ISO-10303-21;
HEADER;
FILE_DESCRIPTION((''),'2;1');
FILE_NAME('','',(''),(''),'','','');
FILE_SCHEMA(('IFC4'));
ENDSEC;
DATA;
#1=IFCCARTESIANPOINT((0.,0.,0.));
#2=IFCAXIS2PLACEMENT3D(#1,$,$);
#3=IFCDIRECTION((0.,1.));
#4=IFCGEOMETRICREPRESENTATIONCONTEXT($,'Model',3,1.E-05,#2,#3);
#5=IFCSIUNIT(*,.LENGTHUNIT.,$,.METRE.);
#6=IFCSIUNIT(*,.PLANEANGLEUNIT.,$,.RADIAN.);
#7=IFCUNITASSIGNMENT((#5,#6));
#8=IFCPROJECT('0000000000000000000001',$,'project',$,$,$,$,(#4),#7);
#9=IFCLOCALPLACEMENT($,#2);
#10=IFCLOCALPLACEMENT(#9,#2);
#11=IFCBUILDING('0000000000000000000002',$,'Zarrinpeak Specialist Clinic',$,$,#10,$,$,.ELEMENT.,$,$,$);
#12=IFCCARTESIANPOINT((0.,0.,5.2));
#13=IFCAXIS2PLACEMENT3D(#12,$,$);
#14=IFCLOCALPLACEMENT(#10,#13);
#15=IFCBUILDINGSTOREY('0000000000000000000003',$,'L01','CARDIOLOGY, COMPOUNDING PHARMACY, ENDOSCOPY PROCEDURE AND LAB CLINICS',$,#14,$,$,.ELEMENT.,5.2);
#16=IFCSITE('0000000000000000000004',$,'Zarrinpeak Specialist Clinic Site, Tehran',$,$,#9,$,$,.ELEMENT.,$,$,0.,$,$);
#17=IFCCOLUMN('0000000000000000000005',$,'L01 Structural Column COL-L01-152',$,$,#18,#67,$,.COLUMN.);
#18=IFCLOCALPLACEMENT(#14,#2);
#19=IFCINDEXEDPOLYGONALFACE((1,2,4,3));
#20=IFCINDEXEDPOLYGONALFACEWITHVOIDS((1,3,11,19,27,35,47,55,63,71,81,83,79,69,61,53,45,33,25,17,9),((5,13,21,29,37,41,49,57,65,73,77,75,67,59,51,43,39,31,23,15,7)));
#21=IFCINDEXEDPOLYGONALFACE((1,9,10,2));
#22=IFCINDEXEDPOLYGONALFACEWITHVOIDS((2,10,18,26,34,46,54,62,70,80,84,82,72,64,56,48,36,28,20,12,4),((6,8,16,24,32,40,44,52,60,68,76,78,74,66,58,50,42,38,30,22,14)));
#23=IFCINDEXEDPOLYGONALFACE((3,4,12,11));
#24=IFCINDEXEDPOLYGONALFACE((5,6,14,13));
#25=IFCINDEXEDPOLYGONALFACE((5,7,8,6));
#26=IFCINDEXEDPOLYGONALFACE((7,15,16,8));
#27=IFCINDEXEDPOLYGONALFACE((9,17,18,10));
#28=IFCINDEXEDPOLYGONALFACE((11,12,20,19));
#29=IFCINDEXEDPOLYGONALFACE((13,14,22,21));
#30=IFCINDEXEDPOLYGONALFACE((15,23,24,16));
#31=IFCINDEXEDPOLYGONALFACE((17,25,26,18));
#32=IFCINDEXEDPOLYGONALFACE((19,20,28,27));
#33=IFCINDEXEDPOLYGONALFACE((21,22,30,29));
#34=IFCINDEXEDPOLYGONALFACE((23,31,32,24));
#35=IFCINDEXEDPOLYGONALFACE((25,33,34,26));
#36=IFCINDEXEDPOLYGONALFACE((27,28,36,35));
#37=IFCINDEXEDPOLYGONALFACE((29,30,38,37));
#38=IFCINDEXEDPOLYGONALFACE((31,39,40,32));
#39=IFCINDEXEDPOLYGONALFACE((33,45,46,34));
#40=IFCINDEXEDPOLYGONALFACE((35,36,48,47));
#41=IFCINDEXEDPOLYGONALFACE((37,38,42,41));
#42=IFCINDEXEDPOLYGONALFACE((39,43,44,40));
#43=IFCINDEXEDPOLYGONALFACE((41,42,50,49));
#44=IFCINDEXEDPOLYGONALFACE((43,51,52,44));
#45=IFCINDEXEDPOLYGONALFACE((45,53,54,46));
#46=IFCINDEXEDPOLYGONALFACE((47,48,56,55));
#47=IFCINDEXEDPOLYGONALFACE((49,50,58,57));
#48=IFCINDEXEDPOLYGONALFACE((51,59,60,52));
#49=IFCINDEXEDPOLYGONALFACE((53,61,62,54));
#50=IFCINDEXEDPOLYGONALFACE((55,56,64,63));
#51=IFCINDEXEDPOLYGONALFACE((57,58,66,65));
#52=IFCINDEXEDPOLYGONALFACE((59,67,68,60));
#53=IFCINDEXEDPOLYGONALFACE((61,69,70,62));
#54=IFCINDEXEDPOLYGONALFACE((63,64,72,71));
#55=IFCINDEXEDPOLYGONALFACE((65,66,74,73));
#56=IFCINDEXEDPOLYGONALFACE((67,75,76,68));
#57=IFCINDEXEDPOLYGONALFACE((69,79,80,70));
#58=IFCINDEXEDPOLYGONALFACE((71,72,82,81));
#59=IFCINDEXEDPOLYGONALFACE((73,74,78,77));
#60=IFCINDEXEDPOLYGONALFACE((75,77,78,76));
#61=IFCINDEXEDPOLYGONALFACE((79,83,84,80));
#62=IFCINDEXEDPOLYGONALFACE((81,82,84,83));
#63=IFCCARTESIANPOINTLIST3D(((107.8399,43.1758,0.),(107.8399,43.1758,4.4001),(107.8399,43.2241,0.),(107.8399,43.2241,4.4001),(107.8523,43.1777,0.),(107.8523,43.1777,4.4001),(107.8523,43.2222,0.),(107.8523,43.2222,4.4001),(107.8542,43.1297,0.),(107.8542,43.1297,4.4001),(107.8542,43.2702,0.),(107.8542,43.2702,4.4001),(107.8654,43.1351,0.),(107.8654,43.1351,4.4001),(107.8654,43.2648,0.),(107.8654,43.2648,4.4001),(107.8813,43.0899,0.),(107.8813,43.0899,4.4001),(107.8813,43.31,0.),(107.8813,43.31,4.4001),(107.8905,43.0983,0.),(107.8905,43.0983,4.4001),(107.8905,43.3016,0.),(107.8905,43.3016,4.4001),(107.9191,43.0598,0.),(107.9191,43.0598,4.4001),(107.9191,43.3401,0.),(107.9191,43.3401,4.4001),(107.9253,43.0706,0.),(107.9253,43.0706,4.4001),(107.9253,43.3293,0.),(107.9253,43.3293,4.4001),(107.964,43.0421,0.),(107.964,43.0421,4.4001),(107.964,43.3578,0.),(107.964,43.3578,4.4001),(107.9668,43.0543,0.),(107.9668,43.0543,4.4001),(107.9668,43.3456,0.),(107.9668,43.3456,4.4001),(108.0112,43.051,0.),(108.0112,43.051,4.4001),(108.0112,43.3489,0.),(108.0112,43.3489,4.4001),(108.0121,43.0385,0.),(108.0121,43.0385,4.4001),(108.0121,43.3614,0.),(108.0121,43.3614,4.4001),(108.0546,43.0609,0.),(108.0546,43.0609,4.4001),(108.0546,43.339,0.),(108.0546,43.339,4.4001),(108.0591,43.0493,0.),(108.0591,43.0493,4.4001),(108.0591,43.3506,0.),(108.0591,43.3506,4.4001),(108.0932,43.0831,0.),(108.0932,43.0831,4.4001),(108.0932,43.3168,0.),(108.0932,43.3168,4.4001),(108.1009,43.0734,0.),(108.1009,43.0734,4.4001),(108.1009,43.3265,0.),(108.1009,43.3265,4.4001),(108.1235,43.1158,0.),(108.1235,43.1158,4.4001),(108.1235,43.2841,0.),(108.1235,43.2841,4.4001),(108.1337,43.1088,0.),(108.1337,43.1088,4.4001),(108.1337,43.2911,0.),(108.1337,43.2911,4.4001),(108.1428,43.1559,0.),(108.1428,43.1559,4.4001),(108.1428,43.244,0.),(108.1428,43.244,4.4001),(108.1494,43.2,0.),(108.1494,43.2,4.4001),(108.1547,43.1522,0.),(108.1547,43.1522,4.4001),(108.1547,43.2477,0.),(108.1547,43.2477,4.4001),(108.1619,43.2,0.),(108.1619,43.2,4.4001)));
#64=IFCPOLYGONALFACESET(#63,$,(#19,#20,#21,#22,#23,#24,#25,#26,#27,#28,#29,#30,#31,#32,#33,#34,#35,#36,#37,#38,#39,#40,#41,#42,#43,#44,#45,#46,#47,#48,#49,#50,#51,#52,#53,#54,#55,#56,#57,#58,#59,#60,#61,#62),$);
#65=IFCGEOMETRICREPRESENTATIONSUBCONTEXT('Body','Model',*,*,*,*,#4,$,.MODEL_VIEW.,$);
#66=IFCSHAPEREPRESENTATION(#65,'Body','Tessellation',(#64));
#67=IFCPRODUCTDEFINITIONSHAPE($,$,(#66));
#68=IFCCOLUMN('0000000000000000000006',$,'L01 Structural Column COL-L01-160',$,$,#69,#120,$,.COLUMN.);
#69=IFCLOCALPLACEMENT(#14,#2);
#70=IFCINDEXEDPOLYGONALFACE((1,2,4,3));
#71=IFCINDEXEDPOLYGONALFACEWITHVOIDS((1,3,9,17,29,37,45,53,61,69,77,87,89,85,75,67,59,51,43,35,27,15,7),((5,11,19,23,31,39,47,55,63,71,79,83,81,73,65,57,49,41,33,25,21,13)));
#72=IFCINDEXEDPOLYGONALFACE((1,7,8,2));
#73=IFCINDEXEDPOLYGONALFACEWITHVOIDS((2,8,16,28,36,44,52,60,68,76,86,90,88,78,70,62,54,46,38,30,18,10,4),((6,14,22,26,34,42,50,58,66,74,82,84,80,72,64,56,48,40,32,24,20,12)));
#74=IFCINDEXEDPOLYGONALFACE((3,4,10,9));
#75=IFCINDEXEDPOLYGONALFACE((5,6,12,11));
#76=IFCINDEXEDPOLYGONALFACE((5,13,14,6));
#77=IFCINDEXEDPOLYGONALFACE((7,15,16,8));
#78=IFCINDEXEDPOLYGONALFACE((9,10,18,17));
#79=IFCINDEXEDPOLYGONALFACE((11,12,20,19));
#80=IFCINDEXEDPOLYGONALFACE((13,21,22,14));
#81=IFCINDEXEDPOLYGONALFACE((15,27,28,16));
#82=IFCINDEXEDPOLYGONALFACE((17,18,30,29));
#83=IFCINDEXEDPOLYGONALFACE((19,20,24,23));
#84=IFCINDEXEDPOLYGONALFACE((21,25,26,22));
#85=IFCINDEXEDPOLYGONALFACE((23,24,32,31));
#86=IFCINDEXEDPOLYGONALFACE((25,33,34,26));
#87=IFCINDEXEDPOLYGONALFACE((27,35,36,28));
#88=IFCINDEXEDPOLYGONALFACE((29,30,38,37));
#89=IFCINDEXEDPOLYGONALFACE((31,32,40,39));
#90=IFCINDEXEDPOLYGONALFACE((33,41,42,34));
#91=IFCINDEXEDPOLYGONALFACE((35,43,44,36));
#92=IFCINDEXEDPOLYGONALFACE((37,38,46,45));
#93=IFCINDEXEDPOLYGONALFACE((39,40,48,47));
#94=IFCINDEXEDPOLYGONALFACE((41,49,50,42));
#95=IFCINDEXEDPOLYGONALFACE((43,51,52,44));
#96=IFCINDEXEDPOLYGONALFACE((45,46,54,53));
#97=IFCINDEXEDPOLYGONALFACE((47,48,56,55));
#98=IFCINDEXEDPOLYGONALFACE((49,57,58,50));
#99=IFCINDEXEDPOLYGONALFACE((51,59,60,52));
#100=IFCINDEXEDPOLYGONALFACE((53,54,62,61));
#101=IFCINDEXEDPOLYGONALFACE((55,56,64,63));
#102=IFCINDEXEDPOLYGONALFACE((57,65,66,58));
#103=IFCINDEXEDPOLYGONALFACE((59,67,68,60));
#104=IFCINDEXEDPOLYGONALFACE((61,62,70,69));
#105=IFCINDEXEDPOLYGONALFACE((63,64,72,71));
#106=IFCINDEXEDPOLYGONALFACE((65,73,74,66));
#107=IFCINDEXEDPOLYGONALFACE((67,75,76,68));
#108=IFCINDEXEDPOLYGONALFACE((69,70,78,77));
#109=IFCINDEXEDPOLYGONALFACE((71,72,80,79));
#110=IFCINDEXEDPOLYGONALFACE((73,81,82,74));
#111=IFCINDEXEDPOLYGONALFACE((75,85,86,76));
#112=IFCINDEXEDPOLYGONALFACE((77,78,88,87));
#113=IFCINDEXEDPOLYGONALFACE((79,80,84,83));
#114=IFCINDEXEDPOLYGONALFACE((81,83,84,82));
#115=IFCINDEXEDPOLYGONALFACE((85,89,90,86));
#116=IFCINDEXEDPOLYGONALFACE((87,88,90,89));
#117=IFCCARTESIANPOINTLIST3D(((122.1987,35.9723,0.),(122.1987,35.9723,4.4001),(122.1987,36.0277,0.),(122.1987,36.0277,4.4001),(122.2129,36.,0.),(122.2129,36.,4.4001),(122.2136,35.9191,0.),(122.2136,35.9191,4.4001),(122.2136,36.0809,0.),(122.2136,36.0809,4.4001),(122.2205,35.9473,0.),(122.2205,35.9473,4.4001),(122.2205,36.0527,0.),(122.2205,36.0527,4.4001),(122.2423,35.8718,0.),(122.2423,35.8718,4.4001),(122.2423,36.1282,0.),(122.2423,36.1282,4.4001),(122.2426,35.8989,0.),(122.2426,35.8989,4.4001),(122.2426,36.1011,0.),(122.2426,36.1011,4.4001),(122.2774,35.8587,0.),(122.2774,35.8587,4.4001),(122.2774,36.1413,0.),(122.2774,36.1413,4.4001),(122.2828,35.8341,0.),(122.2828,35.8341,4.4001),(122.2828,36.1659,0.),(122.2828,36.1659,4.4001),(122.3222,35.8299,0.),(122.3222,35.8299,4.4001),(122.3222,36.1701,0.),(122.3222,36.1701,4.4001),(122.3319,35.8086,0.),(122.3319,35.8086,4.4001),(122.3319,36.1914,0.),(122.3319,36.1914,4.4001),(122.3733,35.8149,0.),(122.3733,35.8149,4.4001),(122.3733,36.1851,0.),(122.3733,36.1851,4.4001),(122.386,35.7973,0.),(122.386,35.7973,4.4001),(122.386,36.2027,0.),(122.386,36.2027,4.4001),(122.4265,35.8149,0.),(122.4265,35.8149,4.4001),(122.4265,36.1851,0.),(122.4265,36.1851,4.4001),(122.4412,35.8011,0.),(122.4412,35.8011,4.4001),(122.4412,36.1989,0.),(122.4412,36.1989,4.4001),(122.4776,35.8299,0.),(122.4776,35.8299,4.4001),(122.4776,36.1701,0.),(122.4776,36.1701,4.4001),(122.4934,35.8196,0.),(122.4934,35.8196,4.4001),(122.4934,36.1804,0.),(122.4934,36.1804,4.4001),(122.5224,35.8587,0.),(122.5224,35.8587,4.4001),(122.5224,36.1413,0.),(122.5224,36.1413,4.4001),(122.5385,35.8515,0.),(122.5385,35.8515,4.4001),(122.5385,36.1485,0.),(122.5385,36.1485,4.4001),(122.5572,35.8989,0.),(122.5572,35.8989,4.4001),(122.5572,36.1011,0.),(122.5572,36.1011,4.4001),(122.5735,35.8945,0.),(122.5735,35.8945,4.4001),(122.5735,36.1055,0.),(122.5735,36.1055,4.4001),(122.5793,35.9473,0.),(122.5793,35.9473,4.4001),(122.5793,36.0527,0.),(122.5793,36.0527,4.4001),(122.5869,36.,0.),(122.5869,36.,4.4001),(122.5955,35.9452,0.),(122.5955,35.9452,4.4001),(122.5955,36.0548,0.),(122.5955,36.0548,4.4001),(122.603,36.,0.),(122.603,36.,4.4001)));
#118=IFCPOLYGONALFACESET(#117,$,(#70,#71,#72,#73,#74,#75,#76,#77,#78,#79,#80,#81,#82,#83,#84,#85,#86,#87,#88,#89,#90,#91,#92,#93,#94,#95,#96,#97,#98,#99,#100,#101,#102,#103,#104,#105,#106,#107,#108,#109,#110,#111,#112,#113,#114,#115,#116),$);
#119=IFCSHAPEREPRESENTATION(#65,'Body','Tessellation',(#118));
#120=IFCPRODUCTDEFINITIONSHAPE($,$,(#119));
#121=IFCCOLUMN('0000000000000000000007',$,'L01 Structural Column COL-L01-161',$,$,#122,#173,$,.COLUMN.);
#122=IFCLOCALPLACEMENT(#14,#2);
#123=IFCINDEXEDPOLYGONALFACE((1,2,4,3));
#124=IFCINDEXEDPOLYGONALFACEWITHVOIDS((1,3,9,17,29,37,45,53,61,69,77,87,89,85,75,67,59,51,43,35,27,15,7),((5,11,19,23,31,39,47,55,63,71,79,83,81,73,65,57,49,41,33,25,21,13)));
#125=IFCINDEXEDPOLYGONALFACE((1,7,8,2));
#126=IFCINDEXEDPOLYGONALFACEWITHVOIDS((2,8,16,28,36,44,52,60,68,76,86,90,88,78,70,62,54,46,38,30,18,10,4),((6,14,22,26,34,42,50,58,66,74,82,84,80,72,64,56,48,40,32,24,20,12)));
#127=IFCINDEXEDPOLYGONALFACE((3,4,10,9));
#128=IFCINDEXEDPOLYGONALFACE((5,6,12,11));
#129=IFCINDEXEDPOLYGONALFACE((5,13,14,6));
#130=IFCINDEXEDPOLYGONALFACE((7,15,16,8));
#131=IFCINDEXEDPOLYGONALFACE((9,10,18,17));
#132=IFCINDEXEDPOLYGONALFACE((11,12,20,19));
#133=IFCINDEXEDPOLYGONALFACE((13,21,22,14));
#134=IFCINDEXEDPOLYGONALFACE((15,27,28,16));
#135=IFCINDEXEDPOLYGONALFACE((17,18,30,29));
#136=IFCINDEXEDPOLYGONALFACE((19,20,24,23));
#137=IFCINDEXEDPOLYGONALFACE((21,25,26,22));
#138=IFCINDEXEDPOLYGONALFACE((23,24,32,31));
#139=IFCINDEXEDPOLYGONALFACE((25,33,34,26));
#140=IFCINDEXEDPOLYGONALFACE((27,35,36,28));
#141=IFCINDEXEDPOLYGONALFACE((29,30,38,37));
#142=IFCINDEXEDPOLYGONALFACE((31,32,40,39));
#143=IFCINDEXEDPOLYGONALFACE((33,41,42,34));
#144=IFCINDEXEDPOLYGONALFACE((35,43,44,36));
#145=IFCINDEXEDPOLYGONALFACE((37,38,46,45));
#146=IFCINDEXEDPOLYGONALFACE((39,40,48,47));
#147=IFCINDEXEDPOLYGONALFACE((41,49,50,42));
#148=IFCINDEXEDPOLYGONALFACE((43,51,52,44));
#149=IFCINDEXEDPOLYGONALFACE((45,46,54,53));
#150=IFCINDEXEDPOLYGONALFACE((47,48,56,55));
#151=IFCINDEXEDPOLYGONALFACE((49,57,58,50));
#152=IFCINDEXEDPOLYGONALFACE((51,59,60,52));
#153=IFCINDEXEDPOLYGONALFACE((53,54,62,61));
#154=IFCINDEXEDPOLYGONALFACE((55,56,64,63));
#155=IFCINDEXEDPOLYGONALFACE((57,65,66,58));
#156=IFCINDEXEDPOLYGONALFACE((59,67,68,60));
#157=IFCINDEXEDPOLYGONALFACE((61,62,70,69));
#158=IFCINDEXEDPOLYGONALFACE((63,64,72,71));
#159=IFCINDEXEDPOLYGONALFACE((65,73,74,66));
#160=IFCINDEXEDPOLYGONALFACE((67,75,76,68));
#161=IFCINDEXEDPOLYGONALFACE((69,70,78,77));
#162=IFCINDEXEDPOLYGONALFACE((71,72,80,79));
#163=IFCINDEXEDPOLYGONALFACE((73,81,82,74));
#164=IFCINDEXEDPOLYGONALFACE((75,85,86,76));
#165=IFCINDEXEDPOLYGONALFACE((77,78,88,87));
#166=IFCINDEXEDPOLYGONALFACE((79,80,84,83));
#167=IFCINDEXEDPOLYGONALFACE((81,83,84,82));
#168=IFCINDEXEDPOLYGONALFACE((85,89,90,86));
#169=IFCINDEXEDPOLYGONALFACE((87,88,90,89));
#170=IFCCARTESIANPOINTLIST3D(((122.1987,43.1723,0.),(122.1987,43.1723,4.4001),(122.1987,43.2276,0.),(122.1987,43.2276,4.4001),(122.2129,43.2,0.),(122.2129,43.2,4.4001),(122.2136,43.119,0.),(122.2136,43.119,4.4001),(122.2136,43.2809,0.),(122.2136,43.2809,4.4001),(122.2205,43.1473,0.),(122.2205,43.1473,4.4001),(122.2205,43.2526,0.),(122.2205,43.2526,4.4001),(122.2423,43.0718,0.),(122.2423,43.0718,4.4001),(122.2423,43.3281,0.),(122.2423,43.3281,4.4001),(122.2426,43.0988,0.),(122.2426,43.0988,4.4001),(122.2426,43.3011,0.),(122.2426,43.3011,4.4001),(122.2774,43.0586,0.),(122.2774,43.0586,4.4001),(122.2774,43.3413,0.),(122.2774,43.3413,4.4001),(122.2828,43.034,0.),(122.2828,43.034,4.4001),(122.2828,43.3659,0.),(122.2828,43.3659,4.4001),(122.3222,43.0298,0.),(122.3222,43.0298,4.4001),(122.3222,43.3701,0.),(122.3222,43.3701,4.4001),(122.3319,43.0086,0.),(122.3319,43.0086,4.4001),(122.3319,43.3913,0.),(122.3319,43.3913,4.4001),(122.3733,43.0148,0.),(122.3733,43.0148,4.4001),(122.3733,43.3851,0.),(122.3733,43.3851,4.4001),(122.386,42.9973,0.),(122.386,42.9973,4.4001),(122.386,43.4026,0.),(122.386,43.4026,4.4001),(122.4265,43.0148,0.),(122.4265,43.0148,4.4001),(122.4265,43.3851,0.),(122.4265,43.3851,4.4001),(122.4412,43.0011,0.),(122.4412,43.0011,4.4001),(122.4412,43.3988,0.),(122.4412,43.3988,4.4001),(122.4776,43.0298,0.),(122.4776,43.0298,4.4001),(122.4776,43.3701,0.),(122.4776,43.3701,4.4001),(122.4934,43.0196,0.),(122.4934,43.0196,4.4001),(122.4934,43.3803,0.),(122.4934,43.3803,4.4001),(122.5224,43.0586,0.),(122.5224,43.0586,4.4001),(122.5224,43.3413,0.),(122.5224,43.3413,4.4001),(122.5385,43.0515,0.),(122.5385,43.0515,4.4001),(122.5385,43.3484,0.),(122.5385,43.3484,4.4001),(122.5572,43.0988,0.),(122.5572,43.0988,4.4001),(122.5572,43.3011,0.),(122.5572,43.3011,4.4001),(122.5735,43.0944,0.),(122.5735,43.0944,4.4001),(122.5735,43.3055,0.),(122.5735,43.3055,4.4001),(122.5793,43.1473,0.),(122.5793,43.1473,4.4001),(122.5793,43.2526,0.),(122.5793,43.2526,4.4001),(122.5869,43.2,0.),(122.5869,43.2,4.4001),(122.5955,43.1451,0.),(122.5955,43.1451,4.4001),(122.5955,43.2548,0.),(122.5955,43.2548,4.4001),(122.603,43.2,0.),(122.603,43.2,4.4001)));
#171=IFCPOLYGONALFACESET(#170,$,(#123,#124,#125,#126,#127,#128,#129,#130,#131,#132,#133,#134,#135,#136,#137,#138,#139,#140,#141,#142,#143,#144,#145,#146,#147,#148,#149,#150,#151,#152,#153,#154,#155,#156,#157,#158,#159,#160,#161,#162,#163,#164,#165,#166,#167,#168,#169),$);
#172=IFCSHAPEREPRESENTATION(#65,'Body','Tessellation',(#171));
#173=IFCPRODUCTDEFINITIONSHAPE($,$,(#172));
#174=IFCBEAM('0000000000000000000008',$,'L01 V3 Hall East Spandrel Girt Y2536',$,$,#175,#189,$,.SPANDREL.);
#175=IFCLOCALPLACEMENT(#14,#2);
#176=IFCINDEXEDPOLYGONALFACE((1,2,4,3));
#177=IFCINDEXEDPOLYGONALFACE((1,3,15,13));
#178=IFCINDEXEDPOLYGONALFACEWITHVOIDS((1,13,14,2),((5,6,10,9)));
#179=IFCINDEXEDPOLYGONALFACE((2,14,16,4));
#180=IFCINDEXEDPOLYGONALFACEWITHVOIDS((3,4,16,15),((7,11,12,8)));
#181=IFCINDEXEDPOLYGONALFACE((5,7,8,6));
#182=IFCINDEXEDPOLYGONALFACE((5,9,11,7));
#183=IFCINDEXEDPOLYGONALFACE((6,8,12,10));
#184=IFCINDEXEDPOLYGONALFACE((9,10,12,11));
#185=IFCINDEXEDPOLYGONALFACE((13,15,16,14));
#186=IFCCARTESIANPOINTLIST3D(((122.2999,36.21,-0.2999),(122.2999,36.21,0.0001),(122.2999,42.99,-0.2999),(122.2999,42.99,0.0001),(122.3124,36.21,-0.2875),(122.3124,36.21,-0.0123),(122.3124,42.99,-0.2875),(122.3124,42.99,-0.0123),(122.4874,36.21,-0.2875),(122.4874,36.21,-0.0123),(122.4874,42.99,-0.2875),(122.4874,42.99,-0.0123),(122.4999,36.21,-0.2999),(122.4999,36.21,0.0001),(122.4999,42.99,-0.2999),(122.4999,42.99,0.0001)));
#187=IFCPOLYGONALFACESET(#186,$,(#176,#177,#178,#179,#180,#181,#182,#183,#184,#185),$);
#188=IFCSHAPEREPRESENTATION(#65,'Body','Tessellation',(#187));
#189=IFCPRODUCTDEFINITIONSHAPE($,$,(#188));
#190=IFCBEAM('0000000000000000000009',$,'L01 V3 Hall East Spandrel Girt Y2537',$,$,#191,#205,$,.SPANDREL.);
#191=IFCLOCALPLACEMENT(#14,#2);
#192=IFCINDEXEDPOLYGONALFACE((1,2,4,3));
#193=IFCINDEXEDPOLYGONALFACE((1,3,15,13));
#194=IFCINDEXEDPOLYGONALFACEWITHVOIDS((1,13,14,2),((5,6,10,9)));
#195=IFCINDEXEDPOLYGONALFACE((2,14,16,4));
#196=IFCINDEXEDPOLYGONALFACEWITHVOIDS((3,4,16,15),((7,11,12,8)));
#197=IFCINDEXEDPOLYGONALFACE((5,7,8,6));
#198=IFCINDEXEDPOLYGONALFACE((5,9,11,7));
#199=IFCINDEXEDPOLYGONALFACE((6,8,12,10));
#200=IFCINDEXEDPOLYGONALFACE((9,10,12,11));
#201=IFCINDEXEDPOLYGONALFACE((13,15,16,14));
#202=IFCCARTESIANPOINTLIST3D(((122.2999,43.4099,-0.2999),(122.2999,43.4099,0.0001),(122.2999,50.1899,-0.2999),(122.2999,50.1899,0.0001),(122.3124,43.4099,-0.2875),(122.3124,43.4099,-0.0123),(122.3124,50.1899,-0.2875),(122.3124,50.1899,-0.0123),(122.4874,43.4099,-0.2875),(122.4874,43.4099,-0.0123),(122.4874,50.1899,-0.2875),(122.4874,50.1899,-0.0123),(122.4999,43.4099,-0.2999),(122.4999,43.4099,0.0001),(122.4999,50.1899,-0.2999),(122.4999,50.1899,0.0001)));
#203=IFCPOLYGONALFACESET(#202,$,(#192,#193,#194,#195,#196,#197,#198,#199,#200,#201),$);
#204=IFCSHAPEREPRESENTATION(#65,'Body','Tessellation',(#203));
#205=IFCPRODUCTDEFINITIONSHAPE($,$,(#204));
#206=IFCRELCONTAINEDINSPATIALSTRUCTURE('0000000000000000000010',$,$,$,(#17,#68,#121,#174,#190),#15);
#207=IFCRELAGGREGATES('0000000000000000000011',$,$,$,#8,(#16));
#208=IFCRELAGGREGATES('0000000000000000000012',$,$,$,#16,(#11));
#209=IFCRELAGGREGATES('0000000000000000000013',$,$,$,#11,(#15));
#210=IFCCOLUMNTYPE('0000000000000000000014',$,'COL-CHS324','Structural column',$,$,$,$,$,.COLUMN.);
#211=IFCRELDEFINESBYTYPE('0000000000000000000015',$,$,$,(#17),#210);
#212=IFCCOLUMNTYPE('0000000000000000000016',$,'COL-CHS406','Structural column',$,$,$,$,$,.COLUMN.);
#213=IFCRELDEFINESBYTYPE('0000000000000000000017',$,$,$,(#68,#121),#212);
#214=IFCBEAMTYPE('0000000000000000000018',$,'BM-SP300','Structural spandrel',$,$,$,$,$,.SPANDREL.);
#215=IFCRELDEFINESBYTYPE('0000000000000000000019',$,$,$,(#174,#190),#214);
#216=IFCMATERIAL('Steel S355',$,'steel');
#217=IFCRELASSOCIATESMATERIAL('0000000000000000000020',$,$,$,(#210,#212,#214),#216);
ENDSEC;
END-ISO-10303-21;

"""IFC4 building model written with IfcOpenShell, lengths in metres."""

from ifc_helpers import new_model, si_unit, direction, frame, origin, origin_2d, place, context, subcontext, project, spatial, hollow_rectangle, hollow_circle, extrude, material, material_profile, profile_set, type_object, element, save


model = new_model("IFC4")

# Units and contexts
model_context = context("Model", 3, precision=1e-05, world=origin(), true_north=direction((0.0, 1.0)))
body_context = subcontext(model_context, "Body", "Model", "MODEL_VIEW")
ifc_project = project(units=[si_unit("LENGTHUNIT", "METRE"), si_unit("PLANEANGLEUNIT", "RADIAN")], contexts=[model_context])

# Site, building, storey
site_placement = place(None, origin())
site = spatial("IfcSite", under=ifc_project, at=site_placement, Name="Zarrinpeak Specialist Clinic Site, Tehran", CompositionType="ELEMENT", RefElevation=0.0)
building_placement = place(site_placement, origin())
building = spatial("IfcBuilding", under=site, at=building_placement, Name="Zarrinpeak Specialist Clinic", CompositionType="ELEMENT")
storey_placement = place(building_placement, frame((0.0, 0.0, 5.2)))
storey = spatial("IfcBuildingStorey", under=building, at=storey_placement, Name="L01", Description="CARDIOLOGY, COMPOUNDING PHARMACY, ENDOSCOPY PROCEDURE AND LAB CLINICS", CompositionType="ELEMENT", Elevation=5.2)

# Columns
ifc_material_1 = material(Name="Steel S355", Category="steel")
ifc_material_profile_1 = material_profile(ifc_material_1, hollow_circle(Radius=0.1619, WallThickness=0.0125, at=origin_2d()), Name="CHS 323.9x12.5")
ifc_profile_set_1 = profile_set([ifc_material_profile_1], Name="Steel S355")
column_type_1 = type_object("IfcColumnType", Name="COL-CHS324", Description="Structural column", PredefinedType="COLUMN", material=ifc_profile_set_1)
column_placement = place(storey_placement, frame((108.0, 43.2, 0.0), z_axis=(0.0, 0.0, 1.0), x_axis=(1.0, 0.0, 0.0)))
element("IfcColumn", 1, at=column_placement, inside=storey, type_object=column_type_1, Name="L01 Structural Column COL-L01-152", PredefinedType="COLUMN", context=body_context, shape_type="SweptSolid", body=[
    extrude(hollow_circle(Radius=0.1619, WallThickness=0.0125, at=origin_2d()), origin(), (0.0, 0.0, 1.0), 4.4001),
])
ifc_material_profile_2 = material_profile(ifc_material_1, hollow_circle(Radius=0.2031, WallThickness=0.0161, at=origin_2d()), Name="CHS 406.4x16.0")
ifc_profile_set_2 = profile_set([ifc_material_profile_2], Name="Steel S355")
column_type_2 = type_object("IfcColumnType", Name="COL-CHS406", Description="Structural column", PredefinedType="COLUMN", material=ifc_profile_set_2)
for number, where, z_axis, x_axis, name in (
    (2, (122.3999, 36.0, 0.0), (0.0, 0.0, 1.0), (1.0, 0.0, 0.0), "L01 Structural Column COL-L01-160"),
    (3, (122.3999, 43.2, 0.0), (0.0, 0.0, 1.0), (1.0, 0.0, 0.0), "L01 Structural Column COL-L01-161"),
):
    element("IfcColumn", number, at=place(storey_placement, frame(where, z_axis=z_axis, x_axis=x_axis)), inside=storey, type_object=column_type_2, Name=name, PredefinedType="COLUMN", context=body_context, shape_type="SweptSolid", body=[
        extrude(hollow_circle(Radius=0.2031, WallThickness=0.0161, at=origin_2d()), origin(), (0.0, 0.0, 1.0), 4.4001),
    ])

# Beams
ifc_material_profile_3 = material_profile(ifc_material_1, hollow_rectangle(XDim=0.2, YDim=0.3, WallThickness=0.0125, at=origin_2d()), Name="RHS 300x200x12.5")
ifc_profile_set_3 = profile_set([ifc_material_profile_3], Name="Steel S355")
beam_type_1 = type_object("IfcBeamType", Name="BM-SP300", Description="Structural spandrel", PredefinedType="SPANDREL", material=ifc_profile_set_3)
for number, where, z_axis, x_axis, name in (
    (4, (122.3999, 36.21, -0.1499), (0.0, 1.0, 0.0), (-1.0, 0.0, 0.0), "L01 V3 Hall East Spandrel Girt Y2536"),
    (5, (122.3999, 43.4099, -0.1499), (0.0, 1.0, 0.0), (-1.0, 0.0, 0.0), "L01 V3 Hall East Spandrel Girt Y2537"),
):
    element("IfcBeam", number, at=place(storey_placement, frame(where, z_axis=z_axis, x_axis=x_axis)), inside=storey, type_object=beam_type_1, Name=name, PredefinedType="SPANDREL", context=body_context, shape_type="SweptSolid", body=[
        extrude(hollow_rectangle(XDim=0.2, YDim=0.3, WallThickness=0.0125, at=origin_2d()), origin(), (0.0, 0.0, 1.0), 6.78),
    ])

save(model, "model.ifc")
